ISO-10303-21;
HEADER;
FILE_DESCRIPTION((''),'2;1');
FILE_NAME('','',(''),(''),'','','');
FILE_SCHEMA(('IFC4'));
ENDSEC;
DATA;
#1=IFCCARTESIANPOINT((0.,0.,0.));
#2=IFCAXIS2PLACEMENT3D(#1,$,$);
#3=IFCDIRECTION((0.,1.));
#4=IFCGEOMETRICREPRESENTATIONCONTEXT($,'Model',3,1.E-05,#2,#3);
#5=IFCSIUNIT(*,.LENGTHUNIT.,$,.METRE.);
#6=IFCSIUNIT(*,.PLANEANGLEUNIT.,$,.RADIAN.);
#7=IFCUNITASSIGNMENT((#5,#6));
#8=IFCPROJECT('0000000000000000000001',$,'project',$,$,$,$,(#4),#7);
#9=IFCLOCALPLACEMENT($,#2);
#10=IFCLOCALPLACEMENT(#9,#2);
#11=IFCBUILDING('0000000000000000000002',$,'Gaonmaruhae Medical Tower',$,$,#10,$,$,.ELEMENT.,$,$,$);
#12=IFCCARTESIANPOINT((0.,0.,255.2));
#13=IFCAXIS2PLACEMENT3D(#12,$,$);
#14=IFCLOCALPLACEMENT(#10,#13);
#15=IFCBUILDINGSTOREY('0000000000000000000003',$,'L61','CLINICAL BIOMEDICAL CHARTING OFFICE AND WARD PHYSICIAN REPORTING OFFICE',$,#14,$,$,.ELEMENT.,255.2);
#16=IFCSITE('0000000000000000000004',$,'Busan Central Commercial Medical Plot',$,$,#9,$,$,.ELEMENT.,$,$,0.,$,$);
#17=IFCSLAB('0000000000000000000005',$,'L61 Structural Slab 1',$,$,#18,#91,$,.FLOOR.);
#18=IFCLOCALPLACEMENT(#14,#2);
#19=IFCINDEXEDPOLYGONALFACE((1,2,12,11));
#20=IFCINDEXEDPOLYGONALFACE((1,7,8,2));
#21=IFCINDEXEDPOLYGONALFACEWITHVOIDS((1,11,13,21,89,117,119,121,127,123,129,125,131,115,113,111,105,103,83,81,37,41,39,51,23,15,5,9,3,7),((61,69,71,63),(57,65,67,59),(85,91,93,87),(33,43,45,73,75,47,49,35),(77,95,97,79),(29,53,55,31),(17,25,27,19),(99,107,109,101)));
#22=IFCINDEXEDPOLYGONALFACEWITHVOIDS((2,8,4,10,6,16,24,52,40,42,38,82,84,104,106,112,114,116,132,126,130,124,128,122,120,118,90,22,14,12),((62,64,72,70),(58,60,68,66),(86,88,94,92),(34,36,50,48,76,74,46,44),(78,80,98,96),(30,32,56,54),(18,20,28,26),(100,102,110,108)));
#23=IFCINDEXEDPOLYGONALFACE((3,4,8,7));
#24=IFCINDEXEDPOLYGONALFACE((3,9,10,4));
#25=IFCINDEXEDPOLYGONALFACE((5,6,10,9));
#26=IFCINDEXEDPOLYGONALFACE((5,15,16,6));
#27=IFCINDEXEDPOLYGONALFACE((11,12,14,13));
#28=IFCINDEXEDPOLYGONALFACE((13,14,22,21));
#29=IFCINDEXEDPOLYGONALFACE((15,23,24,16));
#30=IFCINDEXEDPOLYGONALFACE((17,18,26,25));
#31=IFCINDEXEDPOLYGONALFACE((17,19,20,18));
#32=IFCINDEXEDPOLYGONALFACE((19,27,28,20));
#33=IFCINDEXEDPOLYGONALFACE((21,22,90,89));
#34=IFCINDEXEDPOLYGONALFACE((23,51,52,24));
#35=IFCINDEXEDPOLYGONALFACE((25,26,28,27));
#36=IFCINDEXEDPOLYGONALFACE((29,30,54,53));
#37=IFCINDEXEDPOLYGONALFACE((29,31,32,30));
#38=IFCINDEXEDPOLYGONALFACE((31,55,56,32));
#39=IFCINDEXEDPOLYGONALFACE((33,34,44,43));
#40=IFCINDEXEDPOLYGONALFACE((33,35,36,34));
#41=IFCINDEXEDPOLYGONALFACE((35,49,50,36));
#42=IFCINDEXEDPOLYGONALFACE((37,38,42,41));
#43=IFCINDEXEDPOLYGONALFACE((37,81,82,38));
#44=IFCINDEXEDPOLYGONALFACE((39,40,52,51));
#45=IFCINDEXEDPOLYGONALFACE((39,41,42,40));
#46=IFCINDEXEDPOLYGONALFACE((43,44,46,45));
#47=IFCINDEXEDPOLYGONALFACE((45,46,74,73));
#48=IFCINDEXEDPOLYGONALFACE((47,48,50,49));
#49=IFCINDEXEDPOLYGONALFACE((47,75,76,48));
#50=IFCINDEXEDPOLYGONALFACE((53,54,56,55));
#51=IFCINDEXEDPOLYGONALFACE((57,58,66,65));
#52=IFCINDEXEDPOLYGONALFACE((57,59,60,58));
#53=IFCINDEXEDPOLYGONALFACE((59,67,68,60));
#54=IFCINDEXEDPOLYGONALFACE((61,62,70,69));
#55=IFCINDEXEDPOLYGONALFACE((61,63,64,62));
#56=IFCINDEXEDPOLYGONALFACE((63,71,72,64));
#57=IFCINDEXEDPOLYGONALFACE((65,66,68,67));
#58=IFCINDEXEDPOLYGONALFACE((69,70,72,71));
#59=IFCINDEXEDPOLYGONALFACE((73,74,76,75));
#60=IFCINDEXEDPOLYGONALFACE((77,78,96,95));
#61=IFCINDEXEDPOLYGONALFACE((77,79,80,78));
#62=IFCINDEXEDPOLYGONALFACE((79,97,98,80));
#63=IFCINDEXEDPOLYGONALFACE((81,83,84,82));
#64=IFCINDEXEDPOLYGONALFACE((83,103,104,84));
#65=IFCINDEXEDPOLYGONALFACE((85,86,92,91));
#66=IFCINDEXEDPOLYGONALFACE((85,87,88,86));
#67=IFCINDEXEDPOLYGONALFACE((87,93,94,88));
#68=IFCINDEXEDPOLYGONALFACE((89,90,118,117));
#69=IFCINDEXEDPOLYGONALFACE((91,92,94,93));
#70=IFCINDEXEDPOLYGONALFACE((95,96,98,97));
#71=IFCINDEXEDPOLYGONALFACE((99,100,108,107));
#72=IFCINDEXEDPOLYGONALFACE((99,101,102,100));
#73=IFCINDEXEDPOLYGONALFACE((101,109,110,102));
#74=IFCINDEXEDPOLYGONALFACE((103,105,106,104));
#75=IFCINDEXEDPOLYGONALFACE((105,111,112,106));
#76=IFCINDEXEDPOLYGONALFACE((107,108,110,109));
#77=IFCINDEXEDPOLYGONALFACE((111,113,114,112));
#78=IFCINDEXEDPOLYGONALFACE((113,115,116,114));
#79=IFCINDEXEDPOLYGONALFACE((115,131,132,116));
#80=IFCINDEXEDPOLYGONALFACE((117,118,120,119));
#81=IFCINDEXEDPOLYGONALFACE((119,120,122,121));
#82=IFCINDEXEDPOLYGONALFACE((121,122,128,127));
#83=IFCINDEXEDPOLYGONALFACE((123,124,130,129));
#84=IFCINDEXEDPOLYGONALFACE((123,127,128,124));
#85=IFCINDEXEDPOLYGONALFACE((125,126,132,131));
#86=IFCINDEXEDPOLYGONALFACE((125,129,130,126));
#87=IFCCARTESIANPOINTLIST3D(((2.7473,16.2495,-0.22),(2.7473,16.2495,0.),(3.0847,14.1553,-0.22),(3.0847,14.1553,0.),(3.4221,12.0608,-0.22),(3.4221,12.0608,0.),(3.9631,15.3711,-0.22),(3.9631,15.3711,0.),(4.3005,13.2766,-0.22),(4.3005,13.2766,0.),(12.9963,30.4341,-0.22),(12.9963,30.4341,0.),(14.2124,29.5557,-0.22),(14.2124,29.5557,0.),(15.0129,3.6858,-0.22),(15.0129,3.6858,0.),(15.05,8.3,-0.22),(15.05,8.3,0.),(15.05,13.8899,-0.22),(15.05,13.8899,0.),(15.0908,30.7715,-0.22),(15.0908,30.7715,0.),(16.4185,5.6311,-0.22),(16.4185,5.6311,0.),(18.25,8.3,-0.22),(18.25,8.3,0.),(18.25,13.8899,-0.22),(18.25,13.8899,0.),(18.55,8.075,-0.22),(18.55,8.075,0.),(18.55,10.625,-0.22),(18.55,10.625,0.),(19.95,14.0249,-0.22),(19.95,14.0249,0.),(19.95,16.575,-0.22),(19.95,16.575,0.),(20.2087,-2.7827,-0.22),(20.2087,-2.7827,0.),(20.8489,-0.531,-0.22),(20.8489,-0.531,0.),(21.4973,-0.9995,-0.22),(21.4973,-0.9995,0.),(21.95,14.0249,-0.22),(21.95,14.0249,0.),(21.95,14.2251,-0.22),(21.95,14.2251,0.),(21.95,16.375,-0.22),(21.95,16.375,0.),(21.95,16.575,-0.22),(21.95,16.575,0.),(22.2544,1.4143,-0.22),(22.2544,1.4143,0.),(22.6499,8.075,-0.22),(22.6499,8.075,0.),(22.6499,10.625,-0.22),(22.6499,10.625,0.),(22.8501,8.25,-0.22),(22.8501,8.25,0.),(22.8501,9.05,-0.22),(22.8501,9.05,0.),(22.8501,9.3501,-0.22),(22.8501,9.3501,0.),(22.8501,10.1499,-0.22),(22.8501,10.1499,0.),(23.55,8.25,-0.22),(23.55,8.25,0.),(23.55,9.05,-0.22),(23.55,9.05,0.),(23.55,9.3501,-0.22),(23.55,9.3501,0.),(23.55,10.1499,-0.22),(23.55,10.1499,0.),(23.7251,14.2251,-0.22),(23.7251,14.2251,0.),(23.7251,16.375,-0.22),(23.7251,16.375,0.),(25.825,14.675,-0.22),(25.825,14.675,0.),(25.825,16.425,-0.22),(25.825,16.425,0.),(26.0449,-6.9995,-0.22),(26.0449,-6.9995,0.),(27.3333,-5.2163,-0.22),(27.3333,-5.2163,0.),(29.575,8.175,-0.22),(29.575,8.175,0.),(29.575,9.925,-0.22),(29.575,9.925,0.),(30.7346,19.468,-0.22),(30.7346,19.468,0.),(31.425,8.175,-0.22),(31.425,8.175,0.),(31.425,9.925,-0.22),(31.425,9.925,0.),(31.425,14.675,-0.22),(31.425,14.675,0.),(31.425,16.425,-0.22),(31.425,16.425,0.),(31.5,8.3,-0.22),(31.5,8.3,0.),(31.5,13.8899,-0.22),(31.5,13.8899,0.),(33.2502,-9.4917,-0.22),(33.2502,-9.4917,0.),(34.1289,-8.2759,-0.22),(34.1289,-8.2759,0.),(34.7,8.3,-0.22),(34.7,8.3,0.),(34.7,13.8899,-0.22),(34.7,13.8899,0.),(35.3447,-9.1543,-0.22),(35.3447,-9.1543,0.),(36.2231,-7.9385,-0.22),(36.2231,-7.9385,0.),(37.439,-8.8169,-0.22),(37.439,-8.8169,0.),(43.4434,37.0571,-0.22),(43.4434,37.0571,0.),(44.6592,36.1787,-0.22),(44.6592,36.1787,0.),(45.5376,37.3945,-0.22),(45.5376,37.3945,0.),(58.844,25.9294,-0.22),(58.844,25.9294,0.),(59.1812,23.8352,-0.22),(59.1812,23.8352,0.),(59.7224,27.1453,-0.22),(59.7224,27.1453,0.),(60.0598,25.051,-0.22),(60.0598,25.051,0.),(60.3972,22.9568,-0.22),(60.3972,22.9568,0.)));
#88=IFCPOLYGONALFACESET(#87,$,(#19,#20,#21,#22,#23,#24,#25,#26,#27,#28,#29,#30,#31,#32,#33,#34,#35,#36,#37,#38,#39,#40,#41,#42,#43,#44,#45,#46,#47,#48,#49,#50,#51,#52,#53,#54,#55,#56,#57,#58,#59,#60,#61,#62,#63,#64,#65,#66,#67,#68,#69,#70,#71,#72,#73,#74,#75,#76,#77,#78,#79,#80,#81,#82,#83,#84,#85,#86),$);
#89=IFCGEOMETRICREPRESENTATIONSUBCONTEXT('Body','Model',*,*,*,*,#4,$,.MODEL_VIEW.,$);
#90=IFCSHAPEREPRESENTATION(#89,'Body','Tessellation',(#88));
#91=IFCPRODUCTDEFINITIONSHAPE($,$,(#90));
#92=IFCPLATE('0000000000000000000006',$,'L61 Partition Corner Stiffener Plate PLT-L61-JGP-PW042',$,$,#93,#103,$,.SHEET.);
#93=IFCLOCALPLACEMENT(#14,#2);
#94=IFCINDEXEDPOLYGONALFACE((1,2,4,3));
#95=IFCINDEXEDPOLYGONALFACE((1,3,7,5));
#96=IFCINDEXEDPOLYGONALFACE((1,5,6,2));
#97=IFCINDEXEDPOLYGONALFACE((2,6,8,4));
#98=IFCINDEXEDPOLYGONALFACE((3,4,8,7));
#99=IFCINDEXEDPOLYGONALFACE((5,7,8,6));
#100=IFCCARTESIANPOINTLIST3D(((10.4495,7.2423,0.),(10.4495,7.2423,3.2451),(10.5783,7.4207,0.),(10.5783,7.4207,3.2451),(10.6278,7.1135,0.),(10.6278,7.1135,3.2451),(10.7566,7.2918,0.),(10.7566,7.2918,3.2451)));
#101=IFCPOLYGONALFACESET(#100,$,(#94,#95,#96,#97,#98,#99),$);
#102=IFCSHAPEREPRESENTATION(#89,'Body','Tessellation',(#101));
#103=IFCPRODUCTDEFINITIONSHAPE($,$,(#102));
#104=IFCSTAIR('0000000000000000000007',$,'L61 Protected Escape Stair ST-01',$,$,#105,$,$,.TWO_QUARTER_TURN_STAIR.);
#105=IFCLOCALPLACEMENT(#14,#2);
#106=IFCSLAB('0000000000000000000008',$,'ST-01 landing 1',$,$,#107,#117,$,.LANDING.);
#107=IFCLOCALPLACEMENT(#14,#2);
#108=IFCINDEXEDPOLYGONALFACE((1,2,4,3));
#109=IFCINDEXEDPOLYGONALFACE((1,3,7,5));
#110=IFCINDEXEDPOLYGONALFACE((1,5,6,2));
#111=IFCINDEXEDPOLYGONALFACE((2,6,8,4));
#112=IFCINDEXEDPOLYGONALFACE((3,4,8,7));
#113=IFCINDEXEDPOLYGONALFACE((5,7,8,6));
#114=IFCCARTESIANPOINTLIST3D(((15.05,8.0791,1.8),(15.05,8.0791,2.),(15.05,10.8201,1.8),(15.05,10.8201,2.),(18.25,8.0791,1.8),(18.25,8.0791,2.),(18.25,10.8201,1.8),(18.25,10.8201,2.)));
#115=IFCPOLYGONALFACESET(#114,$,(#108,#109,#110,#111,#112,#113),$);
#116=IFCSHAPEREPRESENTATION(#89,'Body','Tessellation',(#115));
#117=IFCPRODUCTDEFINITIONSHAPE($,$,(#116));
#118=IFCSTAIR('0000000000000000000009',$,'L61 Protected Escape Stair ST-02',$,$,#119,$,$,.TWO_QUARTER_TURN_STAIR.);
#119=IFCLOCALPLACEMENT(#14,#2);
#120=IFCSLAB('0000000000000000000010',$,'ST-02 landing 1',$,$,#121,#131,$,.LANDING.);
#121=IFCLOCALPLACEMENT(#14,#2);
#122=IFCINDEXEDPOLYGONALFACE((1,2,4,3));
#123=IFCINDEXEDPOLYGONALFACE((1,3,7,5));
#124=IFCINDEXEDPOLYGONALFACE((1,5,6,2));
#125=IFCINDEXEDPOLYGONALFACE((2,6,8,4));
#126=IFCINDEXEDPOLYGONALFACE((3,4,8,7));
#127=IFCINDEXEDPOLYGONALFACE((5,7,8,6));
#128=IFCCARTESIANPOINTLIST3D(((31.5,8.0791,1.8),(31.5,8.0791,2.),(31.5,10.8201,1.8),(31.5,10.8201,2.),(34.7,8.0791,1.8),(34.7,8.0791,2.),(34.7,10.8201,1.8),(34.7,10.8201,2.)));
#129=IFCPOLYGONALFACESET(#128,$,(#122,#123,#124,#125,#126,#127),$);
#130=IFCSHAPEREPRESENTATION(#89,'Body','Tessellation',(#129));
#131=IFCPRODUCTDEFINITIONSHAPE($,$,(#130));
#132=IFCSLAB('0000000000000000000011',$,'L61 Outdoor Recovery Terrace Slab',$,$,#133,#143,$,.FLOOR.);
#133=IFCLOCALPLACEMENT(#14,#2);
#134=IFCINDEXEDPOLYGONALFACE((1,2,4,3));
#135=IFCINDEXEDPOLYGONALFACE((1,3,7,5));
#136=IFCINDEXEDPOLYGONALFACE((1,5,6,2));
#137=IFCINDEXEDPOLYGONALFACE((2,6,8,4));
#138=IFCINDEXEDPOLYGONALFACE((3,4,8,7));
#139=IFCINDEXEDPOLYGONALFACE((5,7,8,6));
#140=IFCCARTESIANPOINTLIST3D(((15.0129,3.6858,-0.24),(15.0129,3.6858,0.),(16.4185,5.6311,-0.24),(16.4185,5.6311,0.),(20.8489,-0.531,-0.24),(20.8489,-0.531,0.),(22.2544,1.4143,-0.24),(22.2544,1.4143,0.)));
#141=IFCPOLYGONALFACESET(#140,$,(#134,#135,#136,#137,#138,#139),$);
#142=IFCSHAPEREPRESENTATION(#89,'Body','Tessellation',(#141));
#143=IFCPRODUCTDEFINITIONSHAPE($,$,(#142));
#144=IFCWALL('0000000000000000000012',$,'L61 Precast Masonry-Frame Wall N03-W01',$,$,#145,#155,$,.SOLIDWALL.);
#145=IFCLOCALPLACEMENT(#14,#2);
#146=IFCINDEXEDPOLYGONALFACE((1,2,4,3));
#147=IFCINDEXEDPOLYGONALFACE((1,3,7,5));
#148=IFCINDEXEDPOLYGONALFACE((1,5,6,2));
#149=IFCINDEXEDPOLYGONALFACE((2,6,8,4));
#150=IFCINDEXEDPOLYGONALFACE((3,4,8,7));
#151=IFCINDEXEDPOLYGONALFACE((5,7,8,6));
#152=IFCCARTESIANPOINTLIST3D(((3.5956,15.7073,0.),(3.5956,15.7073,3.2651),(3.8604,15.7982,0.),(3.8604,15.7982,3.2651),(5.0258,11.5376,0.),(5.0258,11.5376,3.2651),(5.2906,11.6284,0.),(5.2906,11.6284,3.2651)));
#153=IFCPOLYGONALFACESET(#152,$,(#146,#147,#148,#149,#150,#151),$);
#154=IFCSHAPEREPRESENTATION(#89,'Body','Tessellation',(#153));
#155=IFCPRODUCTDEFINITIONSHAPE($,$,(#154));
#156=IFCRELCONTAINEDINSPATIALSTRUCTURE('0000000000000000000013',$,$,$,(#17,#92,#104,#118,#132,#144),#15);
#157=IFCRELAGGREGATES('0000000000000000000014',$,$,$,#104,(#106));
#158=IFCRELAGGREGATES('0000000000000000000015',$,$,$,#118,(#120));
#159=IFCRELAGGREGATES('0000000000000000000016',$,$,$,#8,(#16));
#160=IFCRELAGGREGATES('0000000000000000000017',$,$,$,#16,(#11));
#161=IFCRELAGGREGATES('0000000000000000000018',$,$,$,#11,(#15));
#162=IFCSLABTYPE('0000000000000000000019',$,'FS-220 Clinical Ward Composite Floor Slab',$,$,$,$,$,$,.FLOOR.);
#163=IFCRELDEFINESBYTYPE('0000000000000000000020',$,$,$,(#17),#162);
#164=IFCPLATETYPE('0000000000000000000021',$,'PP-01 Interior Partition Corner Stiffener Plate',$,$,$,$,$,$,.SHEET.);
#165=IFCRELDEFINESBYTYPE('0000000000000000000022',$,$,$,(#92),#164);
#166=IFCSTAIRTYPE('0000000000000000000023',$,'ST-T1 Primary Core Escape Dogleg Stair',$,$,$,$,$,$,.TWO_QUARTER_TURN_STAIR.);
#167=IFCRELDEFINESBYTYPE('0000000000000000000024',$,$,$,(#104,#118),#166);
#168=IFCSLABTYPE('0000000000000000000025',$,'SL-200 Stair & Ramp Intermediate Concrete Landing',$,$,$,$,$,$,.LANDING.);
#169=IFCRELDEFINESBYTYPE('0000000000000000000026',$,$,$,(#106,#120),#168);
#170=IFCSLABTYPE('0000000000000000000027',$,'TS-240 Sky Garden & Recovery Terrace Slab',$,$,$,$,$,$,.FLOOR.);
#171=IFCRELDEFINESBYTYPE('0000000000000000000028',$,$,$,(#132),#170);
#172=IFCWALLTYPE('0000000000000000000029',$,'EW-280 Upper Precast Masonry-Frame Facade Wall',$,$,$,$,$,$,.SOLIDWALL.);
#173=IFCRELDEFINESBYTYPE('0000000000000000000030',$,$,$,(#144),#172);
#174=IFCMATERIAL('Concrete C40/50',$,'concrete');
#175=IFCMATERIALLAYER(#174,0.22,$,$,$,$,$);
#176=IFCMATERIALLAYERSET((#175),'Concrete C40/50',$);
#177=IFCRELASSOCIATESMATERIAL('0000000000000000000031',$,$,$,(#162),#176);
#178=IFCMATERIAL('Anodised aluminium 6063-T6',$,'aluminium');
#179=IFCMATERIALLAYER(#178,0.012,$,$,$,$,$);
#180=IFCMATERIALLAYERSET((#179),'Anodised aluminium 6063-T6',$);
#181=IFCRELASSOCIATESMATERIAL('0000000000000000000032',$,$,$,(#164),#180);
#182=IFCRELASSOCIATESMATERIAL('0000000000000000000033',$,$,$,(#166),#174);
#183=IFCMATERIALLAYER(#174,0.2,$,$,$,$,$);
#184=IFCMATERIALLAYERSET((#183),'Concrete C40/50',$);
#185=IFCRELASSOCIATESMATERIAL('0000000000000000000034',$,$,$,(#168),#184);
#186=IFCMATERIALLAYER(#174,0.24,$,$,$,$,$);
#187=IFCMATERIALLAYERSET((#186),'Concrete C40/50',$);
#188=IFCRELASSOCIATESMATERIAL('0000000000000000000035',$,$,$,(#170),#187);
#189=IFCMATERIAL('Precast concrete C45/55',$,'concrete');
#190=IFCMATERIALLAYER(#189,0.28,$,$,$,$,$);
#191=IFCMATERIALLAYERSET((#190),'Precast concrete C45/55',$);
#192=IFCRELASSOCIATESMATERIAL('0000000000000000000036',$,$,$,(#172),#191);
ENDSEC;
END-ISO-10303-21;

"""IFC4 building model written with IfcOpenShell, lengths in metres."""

from ifc_helpers import new_model, si_unit, direction, frame, frame_2d, origin, origin_2d, place, context, subcontext, project, spatial, polyline, rectangle, outline, extrude, material, layer, layer_set, type_object, element, aggregate, save


model = new_model("IFC4")

# Units and contexts
model_context = context("Model", 3, precision=1e-05, world=origin(), true_north=direction((0.0, 1.0)))
body_context = subcontext(model_context, "Body", "Model", "MODEL_VIEW")
ifc_project = project(units=[si_unit("LENGTHUNIT", "METRE"), si_unit("PLANEANGLEUNIT", "RADIAN")], contexts=[model_context])

# Site, building, storey
site_placement = place(None, origin())
site = spatial("IfcSite", under=ifc_project, at=site_placement, Name="Busan Central Commercial Medical Plot", CompositionType="ELEMENT", RefElevation=0.0)
building_placement = place(site_placement, origin())
building = spatial("IfcBuilding", under=site, at=building_placement, Name="Gaonmaruhae Medical Tower", CompositionType="ELEMENT")
storey_placement = place(building_placement, frame((0.0, 0.0, 255.2)))
storey = spatial("IfcBuildingStorey", under=building, at=storey_placement, Name="L61", Description="CLINICAL BIOMEDICAL CHARTING OFFICE AND WARD PHYSICIAN REPORTING OFFICE", CompositionType="ELEMENT", Elevation=255.2)

# Slab
ifc_material_1 = material(Name="Concrete C40/50", Category="concrete")
ifc_layer_1 = layer(ifc_material_1, 0.22)
ifc_layer_set_1 = layer_set([ifc_layer_1], Name="Concrete C40/50")
slab_type_1 = type_object("IfcSlabType", Name="FS-220 Clinical Ward Composite Floor Slab", PredefinedType="FLOOR", material=ifc_layer_set_1)
slab_1_placement = place(storey_placement, frame((0.0, 0.0, -0.22)))
element("IfcSlab", 1, at=slab_1_placement, inside=storey, type_object=slab_type_1, Name="L61 Structural Slab 1", PredefinedType="FLOOR", context=body_context, shape_type="SweptSolid", body=[
    extrude(outline(polyline([(4.3005, 13.2766), (3.0847, 14.1553), (3.9631, 15.3711), (2.7473, 16.2495), (12.9963, 30.4341), (14.2124, 29.5557), (15.0908, 30.7715), (30.7346, 19.468), (43.4434, 37.0571), (44.6592, 36.1787), (45.5376, 37.3945), (59.7224, 27.1453), (58.844, 25.9294), (60.0598, 25.051), (59.1812, 23.8352), (60.3972, 22.9568), (37.439, -8.8169), (36.2231, -7.9385), (35.3447, -9.1543), (34.1289, -8.2759), (33.2502, -9.4917), (27.3333, -5.2163), (26.0449, -6.9995), (20.2087, -2.7827), (21.4973, -0.9995), (20.8489, -0.531), (22.2544, 1.4143), (16.4185, 5.6311), (15.0129, 3.6858), (3.4221, 12.0608), (4.3005, 13.2766)]), holes=[polyline([(23.55, 8.25), (22.8501, 8.25), (22.8501, 9.05), (23.55, 9.05), (23.55, 8.25)]), polyline([(31.425, 9.925), (31.425, 8.175), (29.575, 8.175), (29.575, 9.925), (31.425, 9.925)]), polyline([(22.6499, 10.625), (22.6499, 8.075), (18.55, 8.075), (18.55, 10.625), (22.6499, 10.625)]), polyline([(23.55, 9.3501), (22.8501, 9.3501), (22.8501, 10.1499), (23.55, 10.1499), (23.55, 9.3501)]), polyline([(15.05, 13.8899), (18.25, 13.8899), (18.25, 8.3), (15.05, 8.3), (15.05, 13.8899)]), polyline([(31.5, 13.8899), (34.7, 13.8899), (34.7, 8.3), (31.5, 8.3), (31.5, 13.8899)]), polyline([(21.95, 14.2251), (21.95, 14.0249), (19.95, 14.0249), (19.95, 16.575), (21.95, 16.575), (21.95, 16.375), (23.7251, 16.375), (23.7251, 14.2251), (21.95, 14.2251)]), polyline([(31.425, 16.425), (31.425, 14.675), (25.825, 14.675), (25.825, 16.425), (31.425, 16.425)])]), origin(), (0.0, 0.0, 1.0), 0.22),
])

# Plate
ifc_material_2 = material(Name="Anodised aluminium 6063-T6", Category="aluminium")
ifc_layer_2 = layer(ifc_material_2, 0.012)
ifc_layer_set_2 = layer_set([ifc_layer_2], Name="Anodised aluminium 6063-T6")
plate_type = type_object("IfcPlateType", Name="PP-01 Interior Partition Corner Stiffener Plate", PredefinedType="SHEET", material=ifc_layer_set_2)
plate_placement = place(storey_placement, frame((10.603, 7.2671, 0.0), z_axis=(0.0, 0.0, 1.0), x_axis=(-0.810614, 0.58558, 0.0)))
element("IfcPlate", 2, at=plate_placement, inside=storey, type_object=plate_type, Name="L61 Partition Corner Stiffener Plate PLT-L61-JGP-PW042", PredefinedType="SHEET", context=body_context, shape_type="SweptSolid", body=[
    extrude(rectangle(XDim=0.22, YDim=0.22, at=origin_2d()), origin(), (0.0, 0.0, 1.0), 3.2451),
])

# Stairs, slabs
stair_type = type_object("IfcStairType", Name="ST-T1 Primary Core Escape Dogleg Stair", PredefinedType="TWO_QUARTER_TURN_STAIR", material=ifc_material_1)
stair_1_placement = place(storey_placement, origin())
stair_1 = element("IfcStair", 3, at=stair_1_placement, inside=storey, type_object=stair_type, Name="L61 Protected Escape Stair ST-01", PredefinedType="TWO_QUARTER_TURN_STAIR")
ifc_layer_3 = layer(ifc_material_1, 0.2)
ifc_layer_set_3 = layer_set([ifc_layer_3], Name="Concrete C40/50")
slab_type_2 = type_object("IfcSlabType", Name="SL-200 Stair & Ramp Intermediate Concrete Landing", PredefinedType="LANDING", material=ifc_layer_set_3)
slab_2_placement = place(storey_placement, frame((0.0, 0.0, 1.8)))
slab_2 = element("IfcSlab", 4, at=slab_2_placement, type_object=slab_type_2, Name="ST-01 landing 1", PredefinedType="LANDING", context=body_context, shape_type="SweptSolid", body=[
    extrude(outline(polyline([(15.05, 10.8201), (15.05, 8.0791), (18.25, 8.0791), (18.25, 10.8201), (15.05, 10.8201)])), origin(), (0.0, 0.0, 1.0), 0.2),
])
aggregate(stair_1, [slab_2])
stair_2_placement = place(storey_placement, origin())
stair_2 = element("IfcStair", 5, at=stair_2_placement, inside=storey, type_object=stair_type, Name="L61 Protected Escape Stair ST-02", PredefinedType="TWO_QUARTER_TURN_STAIR")
slab_3_placement = place(storey_placement, frame((0.0, 0.0, 1.8)))
slab_3 = element("IfcSlab", 6, at=slab_3_placement, type_object=slab_type_2, Name="ST-02 landing 1", PredefinedType="LANDING", context=body_context, shape_type="SweptSolid", body=[
    extrude(outline(polyline([(31.5, 10.8201), (31.5, 8.0791), (34.7, 8.0791), (34.7, 10.8201), (31.5, 10.8201)])), origin(), (0.0, 0.0, 1.0), 0.2),
])
aggregate(stair_2, [slab_3])

# Slab
ifc_layer_4 = layer(ifc_material_1, 0.24)
ifc_layer_set_4 = layer_set([ifc_layer_4], Name="Concrete C40/50")
slab_type_3 = type_object("IfcSlabType", Name="TS-240 Sky Garden & Recovery Terrace Slab", PredefinedType="FLOOR", material=ifc_layer_set_4)
slab_4_placement = place(storey_placement, frame((0.0, 0.0, -0.24)))
element("IfcSlab", 7, at=slab_4_placement, inside=storey, type_object=slab_type_3, Name="L61 Outdoor Recovery Terrace Slab", PredefinedType="FLOOR", context=body_context, shape_type="SweptSolid", body=[
    extrude(outline(polyline([(20.8489, -0.531), (22.2544, 1.4143), (16.4185, 5.6311), (15.0129, 3.6858), (20.8489, -0.531)])), origin(), (0.0, 0.0, 1.0), 0.24),
])

# Wall
ifc_material_3 = material(Name="Precast concrete C45/55", Category="concrete")
ifc_layer_5 = layer(ifc_material_3, 0.28)
ifc_layer_set_5 = layer_set([ifc_layer_5], Name="Precast concrete C45/55")
wall_type_1 = type_object("IfcWallType", Name="EW-280 Upper Precast Masonry-Frame Facade Wall", PredefinedType="SOLIDWALL", material=ifc_layer_set_5)
wall_1_placement = place(storey_placement, frame((5.1582, 11.583, 0.0), z_axis=(0.0, 0.0, 1.0), x_axis=(-0.32444, 0.945906, 0.0)))
element("IfcWall", 8, at=wall_1_placement, inside=storey, type_object=wall_type_1, Name="L61 Precast Masonry-Frame Wall N03-W01", PredefinedType="SOLIDWALL", context=body_context, shape_type="SweptSolid", body=[
    extrude(rectangle(XDim=4.4082, YDim=0.28, at=frame_2d((2.2041, 0.0))), origin(), (0.0, 0.0, 1.0), 3.2651),
])

save(model, "model.ifc")
